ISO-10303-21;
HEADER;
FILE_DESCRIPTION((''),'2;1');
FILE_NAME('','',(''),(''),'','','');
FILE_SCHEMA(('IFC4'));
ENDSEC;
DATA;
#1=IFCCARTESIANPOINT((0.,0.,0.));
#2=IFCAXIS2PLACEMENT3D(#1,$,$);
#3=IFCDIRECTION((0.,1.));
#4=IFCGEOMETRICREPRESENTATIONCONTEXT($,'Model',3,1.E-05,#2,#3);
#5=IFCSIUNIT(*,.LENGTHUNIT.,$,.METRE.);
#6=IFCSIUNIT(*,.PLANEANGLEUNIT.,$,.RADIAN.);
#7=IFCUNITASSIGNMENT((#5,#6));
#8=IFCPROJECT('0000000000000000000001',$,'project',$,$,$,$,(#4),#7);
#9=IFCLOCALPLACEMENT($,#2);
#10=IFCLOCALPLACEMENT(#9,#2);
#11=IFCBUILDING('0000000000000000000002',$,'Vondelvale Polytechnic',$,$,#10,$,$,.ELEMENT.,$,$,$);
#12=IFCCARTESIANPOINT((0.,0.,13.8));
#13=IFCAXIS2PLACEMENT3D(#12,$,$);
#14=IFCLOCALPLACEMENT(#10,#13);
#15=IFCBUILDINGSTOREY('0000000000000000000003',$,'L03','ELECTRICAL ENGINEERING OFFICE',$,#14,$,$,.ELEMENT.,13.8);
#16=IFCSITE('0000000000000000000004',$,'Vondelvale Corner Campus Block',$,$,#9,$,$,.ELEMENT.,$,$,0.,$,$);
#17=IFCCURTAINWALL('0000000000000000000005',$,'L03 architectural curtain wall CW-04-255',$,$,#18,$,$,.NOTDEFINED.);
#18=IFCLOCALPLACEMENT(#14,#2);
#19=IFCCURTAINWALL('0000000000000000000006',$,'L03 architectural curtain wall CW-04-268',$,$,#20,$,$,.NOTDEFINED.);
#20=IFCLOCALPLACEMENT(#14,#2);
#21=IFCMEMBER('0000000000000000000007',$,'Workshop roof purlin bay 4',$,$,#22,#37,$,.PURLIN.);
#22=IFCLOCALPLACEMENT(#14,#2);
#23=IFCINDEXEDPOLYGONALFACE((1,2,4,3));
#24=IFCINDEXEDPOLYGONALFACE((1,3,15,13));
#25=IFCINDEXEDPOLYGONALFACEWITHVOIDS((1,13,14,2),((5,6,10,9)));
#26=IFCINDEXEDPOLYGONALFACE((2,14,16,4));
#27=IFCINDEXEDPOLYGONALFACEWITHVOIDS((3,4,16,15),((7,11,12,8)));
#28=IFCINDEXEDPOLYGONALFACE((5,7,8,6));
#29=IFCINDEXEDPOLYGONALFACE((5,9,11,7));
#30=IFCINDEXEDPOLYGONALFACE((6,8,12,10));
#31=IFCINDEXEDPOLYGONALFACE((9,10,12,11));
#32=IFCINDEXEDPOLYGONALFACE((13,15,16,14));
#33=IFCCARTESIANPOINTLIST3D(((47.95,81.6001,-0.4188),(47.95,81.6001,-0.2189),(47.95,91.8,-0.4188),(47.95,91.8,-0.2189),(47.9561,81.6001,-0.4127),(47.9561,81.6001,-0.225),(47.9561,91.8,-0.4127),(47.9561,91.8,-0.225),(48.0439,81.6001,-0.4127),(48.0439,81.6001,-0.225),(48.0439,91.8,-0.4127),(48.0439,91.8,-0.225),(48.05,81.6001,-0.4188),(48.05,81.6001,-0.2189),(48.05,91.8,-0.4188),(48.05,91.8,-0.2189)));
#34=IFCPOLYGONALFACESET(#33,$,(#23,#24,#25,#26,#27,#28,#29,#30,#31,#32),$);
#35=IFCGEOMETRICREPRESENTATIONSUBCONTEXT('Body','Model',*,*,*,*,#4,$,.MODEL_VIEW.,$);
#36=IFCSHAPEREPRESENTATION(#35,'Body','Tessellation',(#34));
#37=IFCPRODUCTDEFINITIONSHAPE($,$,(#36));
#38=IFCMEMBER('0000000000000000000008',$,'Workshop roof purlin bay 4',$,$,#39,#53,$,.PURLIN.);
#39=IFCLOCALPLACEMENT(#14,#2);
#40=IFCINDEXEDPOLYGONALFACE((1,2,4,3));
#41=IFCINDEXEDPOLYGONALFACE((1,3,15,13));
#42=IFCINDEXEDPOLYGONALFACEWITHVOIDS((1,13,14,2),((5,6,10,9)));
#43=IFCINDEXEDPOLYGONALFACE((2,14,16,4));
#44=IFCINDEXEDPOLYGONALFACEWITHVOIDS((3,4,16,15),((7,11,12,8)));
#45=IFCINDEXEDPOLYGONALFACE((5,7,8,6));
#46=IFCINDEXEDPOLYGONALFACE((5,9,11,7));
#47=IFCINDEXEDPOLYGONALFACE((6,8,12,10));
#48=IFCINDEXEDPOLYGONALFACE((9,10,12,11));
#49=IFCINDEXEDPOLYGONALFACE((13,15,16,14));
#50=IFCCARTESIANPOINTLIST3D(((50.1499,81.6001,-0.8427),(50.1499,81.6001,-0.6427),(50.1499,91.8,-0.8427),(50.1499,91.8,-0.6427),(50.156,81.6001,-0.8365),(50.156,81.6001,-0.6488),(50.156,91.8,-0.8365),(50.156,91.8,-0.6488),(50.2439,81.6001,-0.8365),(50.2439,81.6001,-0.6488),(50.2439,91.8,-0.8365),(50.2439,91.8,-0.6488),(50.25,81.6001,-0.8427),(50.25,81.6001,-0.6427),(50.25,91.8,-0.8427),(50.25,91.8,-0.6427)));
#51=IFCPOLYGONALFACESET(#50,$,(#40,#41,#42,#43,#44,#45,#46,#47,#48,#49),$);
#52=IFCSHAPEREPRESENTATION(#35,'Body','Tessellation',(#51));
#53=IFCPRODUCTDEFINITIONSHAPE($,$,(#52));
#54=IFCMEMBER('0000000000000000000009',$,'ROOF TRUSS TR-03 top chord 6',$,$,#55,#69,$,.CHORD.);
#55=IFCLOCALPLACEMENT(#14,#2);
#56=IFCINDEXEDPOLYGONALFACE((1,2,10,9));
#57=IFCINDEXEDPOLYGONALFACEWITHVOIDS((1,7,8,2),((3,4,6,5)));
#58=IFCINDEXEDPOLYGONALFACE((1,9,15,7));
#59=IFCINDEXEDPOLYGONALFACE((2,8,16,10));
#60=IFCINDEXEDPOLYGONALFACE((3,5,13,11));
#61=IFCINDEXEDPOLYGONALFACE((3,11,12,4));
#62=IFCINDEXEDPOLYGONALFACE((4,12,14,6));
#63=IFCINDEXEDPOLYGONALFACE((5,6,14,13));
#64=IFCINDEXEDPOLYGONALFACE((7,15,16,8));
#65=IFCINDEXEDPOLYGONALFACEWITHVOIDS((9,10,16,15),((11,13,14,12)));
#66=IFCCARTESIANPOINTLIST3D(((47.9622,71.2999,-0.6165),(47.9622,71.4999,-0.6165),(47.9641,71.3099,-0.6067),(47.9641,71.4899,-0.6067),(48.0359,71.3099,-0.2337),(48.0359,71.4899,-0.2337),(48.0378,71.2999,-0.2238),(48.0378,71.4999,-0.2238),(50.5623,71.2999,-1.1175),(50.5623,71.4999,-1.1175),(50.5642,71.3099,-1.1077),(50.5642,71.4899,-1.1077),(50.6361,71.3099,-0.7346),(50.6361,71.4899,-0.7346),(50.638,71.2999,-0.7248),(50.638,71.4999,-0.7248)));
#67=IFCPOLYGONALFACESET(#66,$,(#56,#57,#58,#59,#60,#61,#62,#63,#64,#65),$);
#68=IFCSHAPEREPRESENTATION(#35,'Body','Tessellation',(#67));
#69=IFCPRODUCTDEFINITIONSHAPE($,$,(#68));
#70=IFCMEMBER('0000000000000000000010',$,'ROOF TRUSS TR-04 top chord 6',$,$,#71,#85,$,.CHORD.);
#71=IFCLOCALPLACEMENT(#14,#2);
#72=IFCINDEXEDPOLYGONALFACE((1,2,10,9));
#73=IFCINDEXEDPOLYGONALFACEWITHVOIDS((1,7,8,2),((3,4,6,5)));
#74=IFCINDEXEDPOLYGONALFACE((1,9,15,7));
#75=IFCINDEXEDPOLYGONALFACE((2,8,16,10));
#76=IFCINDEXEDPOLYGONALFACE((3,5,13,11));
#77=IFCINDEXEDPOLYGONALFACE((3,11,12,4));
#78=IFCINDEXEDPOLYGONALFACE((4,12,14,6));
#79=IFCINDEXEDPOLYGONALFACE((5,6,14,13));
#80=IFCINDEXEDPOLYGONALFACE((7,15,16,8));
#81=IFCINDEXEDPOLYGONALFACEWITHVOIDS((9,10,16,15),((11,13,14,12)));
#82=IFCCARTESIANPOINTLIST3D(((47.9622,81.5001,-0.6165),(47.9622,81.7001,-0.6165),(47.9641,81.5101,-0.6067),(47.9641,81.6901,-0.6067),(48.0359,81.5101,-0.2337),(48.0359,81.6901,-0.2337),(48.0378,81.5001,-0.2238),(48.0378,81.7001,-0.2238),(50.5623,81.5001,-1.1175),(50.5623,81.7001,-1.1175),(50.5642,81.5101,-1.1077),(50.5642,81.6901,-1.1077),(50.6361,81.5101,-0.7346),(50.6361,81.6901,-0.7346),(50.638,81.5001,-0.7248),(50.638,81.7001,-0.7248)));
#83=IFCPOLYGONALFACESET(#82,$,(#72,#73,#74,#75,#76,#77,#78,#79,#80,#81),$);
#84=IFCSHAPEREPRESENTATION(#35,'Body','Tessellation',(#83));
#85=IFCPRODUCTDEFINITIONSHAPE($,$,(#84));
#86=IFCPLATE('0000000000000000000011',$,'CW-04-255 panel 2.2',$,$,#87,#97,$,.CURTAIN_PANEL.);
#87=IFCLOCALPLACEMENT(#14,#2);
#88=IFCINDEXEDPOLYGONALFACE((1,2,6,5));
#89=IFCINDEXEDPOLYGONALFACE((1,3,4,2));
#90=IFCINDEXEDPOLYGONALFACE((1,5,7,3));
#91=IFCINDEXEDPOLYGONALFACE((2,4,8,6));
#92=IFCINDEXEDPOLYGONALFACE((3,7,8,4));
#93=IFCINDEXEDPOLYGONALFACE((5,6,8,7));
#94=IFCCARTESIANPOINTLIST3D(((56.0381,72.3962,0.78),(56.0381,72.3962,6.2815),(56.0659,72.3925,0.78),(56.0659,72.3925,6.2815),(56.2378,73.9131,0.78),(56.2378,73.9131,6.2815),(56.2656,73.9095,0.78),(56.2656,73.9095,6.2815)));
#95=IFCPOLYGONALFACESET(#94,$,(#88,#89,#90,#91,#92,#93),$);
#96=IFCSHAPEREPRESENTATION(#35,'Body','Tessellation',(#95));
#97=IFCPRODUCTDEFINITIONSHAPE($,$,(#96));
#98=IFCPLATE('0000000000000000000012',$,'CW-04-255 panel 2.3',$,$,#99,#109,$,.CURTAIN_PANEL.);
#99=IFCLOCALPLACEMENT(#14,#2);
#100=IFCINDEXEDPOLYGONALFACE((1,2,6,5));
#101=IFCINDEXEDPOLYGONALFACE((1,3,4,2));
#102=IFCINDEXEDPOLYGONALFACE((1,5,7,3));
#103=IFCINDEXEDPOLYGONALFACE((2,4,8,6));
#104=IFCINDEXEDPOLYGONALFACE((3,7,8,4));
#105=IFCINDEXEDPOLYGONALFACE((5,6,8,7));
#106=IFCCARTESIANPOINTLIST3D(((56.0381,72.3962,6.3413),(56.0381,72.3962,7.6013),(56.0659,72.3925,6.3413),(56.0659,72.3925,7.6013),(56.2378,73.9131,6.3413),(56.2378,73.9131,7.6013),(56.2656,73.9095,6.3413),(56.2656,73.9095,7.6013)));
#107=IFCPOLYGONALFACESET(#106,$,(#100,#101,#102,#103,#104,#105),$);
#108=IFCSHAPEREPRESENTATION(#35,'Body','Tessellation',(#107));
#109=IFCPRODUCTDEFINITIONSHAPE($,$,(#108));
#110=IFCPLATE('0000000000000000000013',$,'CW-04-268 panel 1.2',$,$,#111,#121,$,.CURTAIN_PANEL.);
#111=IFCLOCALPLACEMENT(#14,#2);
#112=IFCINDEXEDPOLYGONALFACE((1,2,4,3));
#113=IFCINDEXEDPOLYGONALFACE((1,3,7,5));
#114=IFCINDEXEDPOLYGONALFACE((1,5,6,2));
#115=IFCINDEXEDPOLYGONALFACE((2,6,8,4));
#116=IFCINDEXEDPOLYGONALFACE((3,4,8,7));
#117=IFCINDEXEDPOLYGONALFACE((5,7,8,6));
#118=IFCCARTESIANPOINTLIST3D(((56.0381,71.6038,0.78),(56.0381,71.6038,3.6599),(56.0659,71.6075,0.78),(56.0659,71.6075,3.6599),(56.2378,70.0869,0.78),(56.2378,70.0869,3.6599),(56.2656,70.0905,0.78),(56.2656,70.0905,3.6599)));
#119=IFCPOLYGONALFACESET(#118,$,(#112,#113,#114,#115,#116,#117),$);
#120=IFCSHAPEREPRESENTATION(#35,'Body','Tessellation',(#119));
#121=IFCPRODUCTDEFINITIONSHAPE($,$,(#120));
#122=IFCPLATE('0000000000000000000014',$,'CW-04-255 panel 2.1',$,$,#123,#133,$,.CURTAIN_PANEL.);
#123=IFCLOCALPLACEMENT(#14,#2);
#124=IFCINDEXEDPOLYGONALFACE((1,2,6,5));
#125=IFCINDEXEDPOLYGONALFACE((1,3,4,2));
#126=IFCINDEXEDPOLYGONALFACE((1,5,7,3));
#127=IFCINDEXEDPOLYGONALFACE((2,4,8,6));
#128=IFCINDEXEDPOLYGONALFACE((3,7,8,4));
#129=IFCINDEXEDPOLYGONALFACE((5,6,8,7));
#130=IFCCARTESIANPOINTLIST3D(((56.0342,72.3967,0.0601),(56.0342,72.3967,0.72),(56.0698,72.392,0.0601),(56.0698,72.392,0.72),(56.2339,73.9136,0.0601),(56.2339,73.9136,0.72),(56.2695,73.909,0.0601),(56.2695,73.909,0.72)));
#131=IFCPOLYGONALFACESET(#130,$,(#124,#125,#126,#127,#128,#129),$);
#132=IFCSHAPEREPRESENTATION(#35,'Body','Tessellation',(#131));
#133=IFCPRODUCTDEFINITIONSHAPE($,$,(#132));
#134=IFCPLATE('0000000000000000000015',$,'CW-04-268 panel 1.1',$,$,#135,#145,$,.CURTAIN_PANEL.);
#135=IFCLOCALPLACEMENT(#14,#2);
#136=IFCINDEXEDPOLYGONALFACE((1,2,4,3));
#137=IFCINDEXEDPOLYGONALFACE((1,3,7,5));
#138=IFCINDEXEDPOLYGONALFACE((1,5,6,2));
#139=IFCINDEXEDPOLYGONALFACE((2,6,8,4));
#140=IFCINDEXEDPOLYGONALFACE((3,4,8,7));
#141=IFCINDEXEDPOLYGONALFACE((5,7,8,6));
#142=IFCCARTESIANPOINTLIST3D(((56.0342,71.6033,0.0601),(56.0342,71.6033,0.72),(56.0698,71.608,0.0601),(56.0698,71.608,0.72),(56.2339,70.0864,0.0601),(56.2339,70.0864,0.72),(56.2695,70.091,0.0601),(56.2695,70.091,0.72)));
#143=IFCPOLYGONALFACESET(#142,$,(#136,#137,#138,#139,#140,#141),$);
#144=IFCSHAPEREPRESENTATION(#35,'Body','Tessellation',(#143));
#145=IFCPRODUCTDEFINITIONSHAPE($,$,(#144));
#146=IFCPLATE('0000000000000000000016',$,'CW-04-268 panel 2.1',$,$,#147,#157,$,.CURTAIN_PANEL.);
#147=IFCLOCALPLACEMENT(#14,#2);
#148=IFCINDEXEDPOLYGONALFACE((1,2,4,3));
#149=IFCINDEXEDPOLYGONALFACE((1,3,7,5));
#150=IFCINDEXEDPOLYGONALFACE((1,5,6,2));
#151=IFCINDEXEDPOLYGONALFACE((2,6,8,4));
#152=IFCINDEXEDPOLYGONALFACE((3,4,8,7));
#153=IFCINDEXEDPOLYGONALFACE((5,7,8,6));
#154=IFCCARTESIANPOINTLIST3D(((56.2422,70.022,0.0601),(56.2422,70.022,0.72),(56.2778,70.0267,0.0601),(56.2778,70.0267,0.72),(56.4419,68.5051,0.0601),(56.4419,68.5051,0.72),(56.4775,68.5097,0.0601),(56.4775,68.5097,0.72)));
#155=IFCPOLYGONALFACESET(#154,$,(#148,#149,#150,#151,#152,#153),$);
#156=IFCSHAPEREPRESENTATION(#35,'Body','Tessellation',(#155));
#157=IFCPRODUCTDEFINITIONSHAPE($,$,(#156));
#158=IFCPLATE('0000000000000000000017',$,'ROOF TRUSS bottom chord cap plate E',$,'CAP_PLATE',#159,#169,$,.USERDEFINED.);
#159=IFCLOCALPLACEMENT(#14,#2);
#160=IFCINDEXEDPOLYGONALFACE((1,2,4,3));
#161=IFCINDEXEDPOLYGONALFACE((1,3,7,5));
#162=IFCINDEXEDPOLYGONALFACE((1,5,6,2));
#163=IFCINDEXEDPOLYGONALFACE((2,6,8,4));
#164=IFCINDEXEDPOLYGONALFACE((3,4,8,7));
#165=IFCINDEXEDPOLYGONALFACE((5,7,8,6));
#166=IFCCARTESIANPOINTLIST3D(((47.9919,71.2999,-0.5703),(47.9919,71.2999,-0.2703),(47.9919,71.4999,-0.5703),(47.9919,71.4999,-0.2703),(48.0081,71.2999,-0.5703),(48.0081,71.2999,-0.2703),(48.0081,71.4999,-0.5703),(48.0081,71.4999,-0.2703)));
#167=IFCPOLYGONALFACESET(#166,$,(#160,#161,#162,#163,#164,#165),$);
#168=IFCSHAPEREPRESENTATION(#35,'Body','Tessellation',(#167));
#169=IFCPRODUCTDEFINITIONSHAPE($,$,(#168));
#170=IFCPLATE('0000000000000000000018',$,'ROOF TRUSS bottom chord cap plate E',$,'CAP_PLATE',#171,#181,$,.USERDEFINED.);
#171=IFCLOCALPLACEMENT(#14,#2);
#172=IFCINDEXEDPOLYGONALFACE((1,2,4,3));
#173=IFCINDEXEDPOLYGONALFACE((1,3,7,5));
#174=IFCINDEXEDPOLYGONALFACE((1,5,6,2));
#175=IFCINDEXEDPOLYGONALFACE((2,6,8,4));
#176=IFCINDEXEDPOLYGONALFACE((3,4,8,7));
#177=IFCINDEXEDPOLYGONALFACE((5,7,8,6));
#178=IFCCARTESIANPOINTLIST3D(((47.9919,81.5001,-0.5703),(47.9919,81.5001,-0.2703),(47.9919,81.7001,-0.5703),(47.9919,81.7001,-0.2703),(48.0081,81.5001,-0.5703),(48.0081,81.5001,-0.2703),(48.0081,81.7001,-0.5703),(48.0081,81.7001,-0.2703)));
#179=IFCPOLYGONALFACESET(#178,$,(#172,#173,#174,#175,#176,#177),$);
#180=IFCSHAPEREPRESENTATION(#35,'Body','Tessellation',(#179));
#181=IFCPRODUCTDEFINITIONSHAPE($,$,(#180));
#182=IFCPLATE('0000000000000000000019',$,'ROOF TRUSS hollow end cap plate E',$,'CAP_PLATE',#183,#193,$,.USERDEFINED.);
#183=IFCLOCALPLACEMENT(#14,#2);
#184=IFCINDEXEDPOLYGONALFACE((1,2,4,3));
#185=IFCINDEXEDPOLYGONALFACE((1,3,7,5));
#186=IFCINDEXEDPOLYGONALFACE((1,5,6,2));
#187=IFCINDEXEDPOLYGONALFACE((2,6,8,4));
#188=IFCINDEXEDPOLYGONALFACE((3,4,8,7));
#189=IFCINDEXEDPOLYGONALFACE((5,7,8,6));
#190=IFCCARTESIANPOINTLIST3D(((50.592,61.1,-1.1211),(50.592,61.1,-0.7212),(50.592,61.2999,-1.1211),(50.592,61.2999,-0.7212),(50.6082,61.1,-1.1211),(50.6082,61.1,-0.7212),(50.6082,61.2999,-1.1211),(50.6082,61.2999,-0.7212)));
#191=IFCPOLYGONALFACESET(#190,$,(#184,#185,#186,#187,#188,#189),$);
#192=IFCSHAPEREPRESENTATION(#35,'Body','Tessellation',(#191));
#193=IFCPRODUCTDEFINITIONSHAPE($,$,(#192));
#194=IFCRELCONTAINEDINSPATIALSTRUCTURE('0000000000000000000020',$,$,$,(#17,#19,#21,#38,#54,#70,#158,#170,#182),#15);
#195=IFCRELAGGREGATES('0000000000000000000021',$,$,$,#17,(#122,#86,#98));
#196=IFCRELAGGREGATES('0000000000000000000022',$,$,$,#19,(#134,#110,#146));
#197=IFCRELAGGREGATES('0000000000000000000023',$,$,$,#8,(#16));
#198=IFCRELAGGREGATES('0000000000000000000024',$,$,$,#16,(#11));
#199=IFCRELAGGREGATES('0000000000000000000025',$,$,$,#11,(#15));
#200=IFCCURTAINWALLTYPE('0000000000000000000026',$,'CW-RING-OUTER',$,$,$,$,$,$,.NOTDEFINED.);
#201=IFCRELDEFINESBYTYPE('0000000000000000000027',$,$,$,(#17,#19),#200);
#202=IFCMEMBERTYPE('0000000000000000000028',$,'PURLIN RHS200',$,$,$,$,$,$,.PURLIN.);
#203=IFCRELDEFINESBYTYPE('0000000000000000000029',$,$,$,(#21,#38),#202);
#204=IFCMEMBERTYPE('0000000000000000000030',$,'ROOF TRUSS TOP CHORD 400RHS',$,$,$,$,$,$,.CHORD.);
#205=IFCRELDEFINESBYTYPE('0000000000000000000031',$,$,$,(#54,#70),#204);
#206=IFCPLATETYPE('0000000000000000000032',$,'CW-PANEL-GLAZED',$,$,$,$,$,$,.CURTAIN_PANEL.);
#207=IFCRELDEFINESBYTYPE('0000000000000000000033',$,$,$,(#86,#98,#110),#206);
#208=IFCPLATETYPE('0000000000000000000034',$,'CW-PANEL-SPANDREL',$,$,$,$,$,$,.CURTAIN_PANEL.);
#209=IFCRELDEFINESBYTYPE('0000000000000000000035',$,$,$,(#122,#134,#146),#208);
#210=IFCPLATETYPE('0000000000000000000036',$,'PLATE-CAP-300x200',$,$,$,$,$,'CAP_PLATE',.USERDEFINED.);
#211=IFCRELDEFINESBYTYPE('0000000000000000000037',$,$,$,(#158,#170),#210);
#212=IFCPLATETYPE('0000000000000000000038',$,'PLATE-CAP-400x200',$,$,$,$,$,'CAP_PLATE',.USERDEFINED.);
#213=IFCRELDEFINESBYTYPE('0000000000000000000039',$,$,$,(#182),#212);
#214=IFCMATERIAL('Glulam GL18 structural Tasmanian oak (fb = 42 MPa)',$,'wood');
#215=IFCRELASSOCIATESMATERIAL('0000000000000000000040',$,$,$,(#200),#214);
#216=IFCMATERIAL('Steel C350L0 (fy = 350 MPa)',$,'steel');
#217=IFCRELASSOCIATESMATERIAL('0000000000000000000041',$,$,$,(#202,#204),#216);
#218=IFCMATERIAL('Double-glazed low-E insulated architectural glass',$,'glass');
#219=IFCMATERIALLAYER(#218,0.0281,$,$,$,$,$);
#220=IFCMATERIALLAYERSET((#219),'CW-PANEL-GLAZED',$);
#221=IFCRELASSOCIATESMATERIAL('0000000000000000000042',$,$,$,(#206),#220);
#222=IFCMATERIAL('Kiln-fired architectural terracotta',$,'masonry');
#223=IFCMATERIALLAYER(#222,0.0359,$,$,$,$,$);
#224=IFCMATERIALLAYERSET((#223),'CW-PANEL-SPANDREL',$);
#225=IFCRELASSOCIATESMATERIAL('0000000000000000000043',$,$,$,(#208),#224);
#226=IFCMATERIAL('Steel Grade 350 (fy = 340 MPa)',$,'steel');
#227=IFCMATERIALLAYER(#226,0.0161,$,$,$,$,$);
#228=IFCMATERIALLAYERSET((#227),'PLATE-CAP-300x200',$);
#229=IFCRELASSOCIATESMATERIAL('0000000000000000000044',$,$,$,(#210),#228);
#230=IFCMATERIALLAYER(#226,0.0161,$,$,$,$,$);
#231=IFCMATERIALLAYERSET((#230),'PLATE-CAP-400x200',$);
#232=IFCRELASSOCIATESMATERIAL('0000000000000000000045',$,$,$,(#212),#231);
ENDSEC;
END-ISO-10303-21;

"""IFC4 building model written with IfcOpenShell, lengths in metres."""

from ifc_helpers import new_model, si_unit, direction, frame, origin, origin_2d, place, context, subcontext, project, spatial, rectangle, hollow_rectangle, extrude, material, layer, layer_set, material_profile, profile_set, type_object, element, aggregate, save


model = new_model("IFC4")

# Units and contexts
model_context = context("Model", 3, precision=1e-05, world=origin(), true_north=direction((0.0, 1.0)))
body_context = subcontext(model_context, "Body", "Model", "MODEL_VIEW")
ifc_project = project(units=[si_unit("LENGTHUNIT", "METRE"), si_unit("PLANEANGLEUNIT", "RADIAN")], contexts=[model_context])

# Site, building, storey
site_placement = place(None, origin())
site = spatial("IfcSite", under=ifc_project, at=site_placement, Name="Vondelvale Corner Campus Block", CompositionType="ELEMENT", RefElevation=0.0)
building_placement = place(site_placement, origin())
building = spatial("IfcBuilding", under=site, at=building_placement, Name="Vondelvale Polytechnic", CompositionType="ELEMENT")
storey_placement = place(building_placement, frame((0.0, 0.0, 13.8)))
storey = spatial("IfcBuildingStorey", under=building, at=storey_placement, Name="L03", Description="ELECTRICAL ENGINEERING OFFICE", CompositionType="ELEMENT", Elevation=13.8)

# Curtain walls
ifc_material_1 = material(Name="Glulam GL18 structural Tasmanian oak (fb = 42 MPa)", Category="wood")
curtain_wall_type = type_object("IfcCurtainWallType", Name="CW-RING-OUTER", PredefinedType="NOTDEFINED", material=ifc_material_1)
curtain_wall_1_placement = place(storey_placement, origin())
curtain_wall_1 = element("IfcCurtainWall", 1, at=curtain_wall_1_placement, inside=storey, type_object=curtain_wall_type, Name="L03 architectural curtain wall CW-04-255", PredefinedType="NOTDEFINED")
curtain_wall_2_placement = place(storey_placement, origin())
curtain_wall_2 = element("IfcCurtainWall", 2, at=curtain_wall_2_placement, inside=storey, type_object=curtain_wall_type, Name="L03 architectural curtain wall CW-04-268", PredefinedType="NOTDEFINED")

# Members
ifc_material_2 = material(Name="Steel C350L0 (fy = 350 MPa)", Category="steel")
ifc_material_profile_1 = material_profile(ifc_material_2, hollow_rectangle(XDim=0.1001, YDim=0.2, WallThickness=0.0061, at=origin_2d()), Name="200x100x6.0RHS")
ifc_profile_set_1 = profile_set([ifc_material_profile_1], Name="Steel C350L0 (fy = 350 MPa)")
member_type_1 = type_object("IfcMemberType", Name="PURLIN RHS200", PredefinedType="PURLIN", material=ifc_profile_set_1)
for number, where, z_axis, x_axis, name in (
    (3, (48.0, 81.6001, -0.3188), (0.0, 1.0, 0.0), (-1.0, 0.0, 0.0), "Workshop roof purlin bay 4"),
    (4, (50.2, 81.6001, -0.7427), (0.0, 1.0, 0.0), (-1.0, 0.0, 0.0), "Workshop roof purlin bay 4"),
):
    element("IfcMember", number, at=place(storey_placement, frame(where, z_axis=z_axis, x_axis=x_axis)), inside=storey, type_object=member_type_1, Name=name, PredefinedType="PURLIN", context=body_context, shape_type="SweptSolid", body=[
        extrude(hollow_rectangle(XDim=0.1001, YDim=0.2, WallThickness=0.0061, at=origin_2d()), origin(), (0.0, 0.0, 1.0), 10.2),
    ])
ifc_material_profile_2 = material_profile(ifc_material_2, hollow_rectangle(XDim=0.2, YDim=0.3999, WallThickness=0.01, at=origin_2d()), Name="400x200x10.0RHS")
ifc_profile_set_2 = profile_set([ifc_material_profile_2], Name="Steel C350L0 (fy = 350 MPa)")
member_type_2 = type_object("IfcMemberType", Name="ROOF TRUSS TOP CHORD 400RHS", PredefinedType="CHORD", material=ifc_profile_set_2)
for number, where, z_axis, x_axis, name in (
    (5, (48.0, 71.3999, -0.4202), (0.981939, 0.0, -0.189196), (0.0, 1.0, 0.0), "ROOF TRUSS TR-03 top chord 6"),
    (6, (48.0, 81.6001, -0.4202), (0.981939, 0.0, -0.189196), (0.0, 1.0, 0.0), "ROOF TRUSS TR-04 top chord 6"),
):
    element("IfcMember", number, at=place(storey_placement, frame(where, z_axis=z_axis, x_axis=x_axis)), inside=storey, type_object=member_type_2, Name=name, PredefinedType="CHORD", context=body_context, shape_type="SweptSolid", body=[
        extrude(hollow_rectangle(XDim=0.2, YDim=0.3999, WallThickness=0.01, at=origin_2d()), origin(), (0.0, 0.0, 1.0), 2.6479),
    ])

# Plates
ifc_material_3 = material(Name="Double-glazed low-E insulated architectural glass", Category="glass")
ifc_layer_1 = layer(ifc_material_3, 0.0281)
ifc_layer_set_1 = layer_set([ifc_layer_1], Name="CW-PANEL-GLAZED")
plate_type_1 = type_object("IfcPlateType", Name="CW-PANEL-GLAZED", PredefinedType="CURTAIN_PANEL", material=ifc_layer_set_1)
plate_1_placement = place(storey_placement, frame((56.1519, 73.1528, 0.78), z_axis=(0.0, 0.0, 1.0), x_axis=(-0.13054, -0.991443, 0.0)))
plate_1 = element("IfcPlate", 7, at=plate_1_placement, type_object=plate_type_1, Name="CW-04-255 panel 2.2", PredefinedType="CURTAIN_PANEL", context=body_context, shape_type="SweptSolid", body=[
    extrude(rectangle(XDim=1.53, YDim=0.0281, at=origin_2d()), origin(), (0.0, 0.0, 1.0), 5.5015),
])
plate_2_placement = place(storey_placement, frame((56.1519, 73.1528, 6.3413), z_axis=(0.0, 0.0, 1.0), x_axis=(-0.13054, -0.991443, 0.0)))
plate_2 = element("IfcPlate", 8, at=plate_2_placement, type_object=plate_type_1, Name="CW-04-255 panel 2.3", PredefinedType="CURTAIN_PANEL", context=body_context, shape_type="SweptSolid", body=[
    extrude(rectangle(XDim=1.53, YDim=0.0281, at=origin_2d()), origin(), (0.0, 0.0, 1.0), 1.26),
])
plate_3_placement = place(storey_placement, frame((56.1519, 70.8472, 0.78), z_axis=(0.0, 0.0, 1.0), x_axis=(0.13054, -0.991443, 0.0)))
plate_3 = element("IfcPlate", 9, at=plate_3_placement, type_object=plate_type_1, Name="CW-04-268 panel 1.2", PredefinedType="CURTAIN_PANEL", context=body_context, shape_type="SweptSolid", body=[
    extrude(rectangle(XDim=1.53, YDim=0.0281, at=origin_2d()), origin(), (0.0, 0.0, 1.0), 2.8799),
])
ifc_material_4 = material(Name="Kiln-fired architectural terracotta", Category="masonry")
ifc_layer_2 = layer(ifc_material_4, 0.0359)
ifc_layer_set_2 = layer_set([ifc_layer_2], Name="CW-PANEL-SPANDREL")
plate_type_2 = type_object("IfcPlateType", Name="CW-PANEL-SPANDREL", PredefinedType="CURTAIN_PANEL", material=ifc_layer_set_2)
plate_4_placement = place(storey_placement, frame((56.1519, 73.1528, 0.0601), z_axis=(0.0, 0.0, 1.0), x_axis=(-0.13054, -0.991443, 0.0)))
plate_4 = element("IfcPlate", 10, at=plate_4_placement, type_object=plate_type_2, Name="CW-04-255 panel 2.1", PredefinedType="CURTAIN_PANEL", context=body_context, shape_type="SweptSolid", body=[
    extrude(rectangle(XDim=1.53, YDim=0.0359, at=origin_2d()), origin(), (0.0, 0.0, 1.0), 0.6599),
])
aggregate(curtain_wall_1, [plate_4, plate_1, plate_2])
plate_5_placement = place(storey_placement, frame((56.1519, 70.8472, 0.0601), z_axis=(0.0, 0.0, 1.0), x_axis=(0.13054, -0.991443, 0.0)))
plate_5 = element("IfcPlate", 11, at=plate_5_placement, type_object=plate_type_2, Name="CW-04-268 panel 1.1", PredefinedType="CURTAIN_PANEL", context=body_context, shape_type="SweptSolid", body=[
    extrude(rectangle(XDim=1.53, YDim=0.0359, at=origin_2d()), origin(), (0.0, 0.0, 1.0), 0.6599),
])
plate_6_placement = place(storey_placement, frame((56.3599, 69.2659, 0.0601), z_axis=(0.0, 0.0, 1.0), x_axis=(0.13054, -0.991443, 0.0)))
plate_6 = element("IfcPlate", 12, at=plate_6_placement, type_object=plate_type_2, Name="CW-04-268 panel 2.1", PredefinedType="CURTAIN_PANEL", context=body_context, shape_type="SweptSolid", body=[
    extrude(rectangle(XDim=1.53, YDim=0.0359, at=origin_2d()), origin(), (0.0, 0.0, 1.0), 0.6599),
])
aggregate(curtain_wall_2, [plate_5, plate_3, plate_6])

# Plates
ifc_material_5 = material(Name="Steel Grade 350 (fy = 340 MPa)", Category="steel")
ifc_layer_3 = layer(ifc_material_5, 0.0161)
ifc_layer_set_3 = layer_set([ifc_layer_3], Name="PLATE-CAP-300x200")
plate_type_3 = type_object("IfcPlateType", Name="PLATE-CAP-300x200", ElementType="CAP_PLATE", PredefinedType="USERDEFINED", material=ifc_layer_set_3)
for number, where, z_axis, x_axis, name in (
    (13, (48.0, 71.3999, -0.5703), (0.0, 0.0, 1.0), (1.0, 0.0, 0.0), "ROOF TRUSS bottom chord cap plate E"),
    (14, (48.0, 81.6001, -0.5703), (0.0, 0.0, 1.0), (1.0, 0.0, 0.0), "ROOF TRUSS bottom chord cap plate E"),
):
    element("IfcPlate", number, at=place(storey_placement, frame(where, z_axis=z_axis, x_axis=x_axis)), inside=storey, type_object=plate_type_3, Name=name, ObjectType="CAP_PLATE", PredefinedType="USERDEFINED", context=body_context, shape_type="SweptSolid", body=[
        extrude(rectangle(XDim=0.0161, YDim=0.2, at=origin_2d()), origin(), (0.0, 0.0, 1.0), 0.3),
    ])
ifc_layer_4 = layer(ifc_material_5, 0.0161)
ifc_layer_set_4 = layer_set([ifc_layer_4], Name="PLATE-CAP-400x200")
plate_type_4 = type_object("IfcPlateType", Name="PLATE-CAP-400x200", ElementType="CAP_PLATE", PredefinedType="USERDEFINED", material=ifc_layer_set_4)
for number, where, z_axis, x_axis, name in (
    (15, (50.6001, 61.2, -1.1211), (0.0, 0.0, 1.0), (1.0, 0.0, 0.0), "ROOF TRUSS hollow end cap plate E"),
):
    element("IfcPlate", number, at=place(storey_placement, frame(where, z_axis=z_axis, x_axis=x_axis)), inside=storey, type_object=plate_type_4, Name=name, ObjectType="CAP_PLATE", PredefinedType="USERDEFINED", context=body_context, shape_type="SweptSolid", body=[
        extrude(rectangle(XDim=0.0161, YDim=0.2, at=origin_2d()), origin(), (0.0, 0.0, 1.0), 0.3999),
    ])

save(model, "model.ifc")
